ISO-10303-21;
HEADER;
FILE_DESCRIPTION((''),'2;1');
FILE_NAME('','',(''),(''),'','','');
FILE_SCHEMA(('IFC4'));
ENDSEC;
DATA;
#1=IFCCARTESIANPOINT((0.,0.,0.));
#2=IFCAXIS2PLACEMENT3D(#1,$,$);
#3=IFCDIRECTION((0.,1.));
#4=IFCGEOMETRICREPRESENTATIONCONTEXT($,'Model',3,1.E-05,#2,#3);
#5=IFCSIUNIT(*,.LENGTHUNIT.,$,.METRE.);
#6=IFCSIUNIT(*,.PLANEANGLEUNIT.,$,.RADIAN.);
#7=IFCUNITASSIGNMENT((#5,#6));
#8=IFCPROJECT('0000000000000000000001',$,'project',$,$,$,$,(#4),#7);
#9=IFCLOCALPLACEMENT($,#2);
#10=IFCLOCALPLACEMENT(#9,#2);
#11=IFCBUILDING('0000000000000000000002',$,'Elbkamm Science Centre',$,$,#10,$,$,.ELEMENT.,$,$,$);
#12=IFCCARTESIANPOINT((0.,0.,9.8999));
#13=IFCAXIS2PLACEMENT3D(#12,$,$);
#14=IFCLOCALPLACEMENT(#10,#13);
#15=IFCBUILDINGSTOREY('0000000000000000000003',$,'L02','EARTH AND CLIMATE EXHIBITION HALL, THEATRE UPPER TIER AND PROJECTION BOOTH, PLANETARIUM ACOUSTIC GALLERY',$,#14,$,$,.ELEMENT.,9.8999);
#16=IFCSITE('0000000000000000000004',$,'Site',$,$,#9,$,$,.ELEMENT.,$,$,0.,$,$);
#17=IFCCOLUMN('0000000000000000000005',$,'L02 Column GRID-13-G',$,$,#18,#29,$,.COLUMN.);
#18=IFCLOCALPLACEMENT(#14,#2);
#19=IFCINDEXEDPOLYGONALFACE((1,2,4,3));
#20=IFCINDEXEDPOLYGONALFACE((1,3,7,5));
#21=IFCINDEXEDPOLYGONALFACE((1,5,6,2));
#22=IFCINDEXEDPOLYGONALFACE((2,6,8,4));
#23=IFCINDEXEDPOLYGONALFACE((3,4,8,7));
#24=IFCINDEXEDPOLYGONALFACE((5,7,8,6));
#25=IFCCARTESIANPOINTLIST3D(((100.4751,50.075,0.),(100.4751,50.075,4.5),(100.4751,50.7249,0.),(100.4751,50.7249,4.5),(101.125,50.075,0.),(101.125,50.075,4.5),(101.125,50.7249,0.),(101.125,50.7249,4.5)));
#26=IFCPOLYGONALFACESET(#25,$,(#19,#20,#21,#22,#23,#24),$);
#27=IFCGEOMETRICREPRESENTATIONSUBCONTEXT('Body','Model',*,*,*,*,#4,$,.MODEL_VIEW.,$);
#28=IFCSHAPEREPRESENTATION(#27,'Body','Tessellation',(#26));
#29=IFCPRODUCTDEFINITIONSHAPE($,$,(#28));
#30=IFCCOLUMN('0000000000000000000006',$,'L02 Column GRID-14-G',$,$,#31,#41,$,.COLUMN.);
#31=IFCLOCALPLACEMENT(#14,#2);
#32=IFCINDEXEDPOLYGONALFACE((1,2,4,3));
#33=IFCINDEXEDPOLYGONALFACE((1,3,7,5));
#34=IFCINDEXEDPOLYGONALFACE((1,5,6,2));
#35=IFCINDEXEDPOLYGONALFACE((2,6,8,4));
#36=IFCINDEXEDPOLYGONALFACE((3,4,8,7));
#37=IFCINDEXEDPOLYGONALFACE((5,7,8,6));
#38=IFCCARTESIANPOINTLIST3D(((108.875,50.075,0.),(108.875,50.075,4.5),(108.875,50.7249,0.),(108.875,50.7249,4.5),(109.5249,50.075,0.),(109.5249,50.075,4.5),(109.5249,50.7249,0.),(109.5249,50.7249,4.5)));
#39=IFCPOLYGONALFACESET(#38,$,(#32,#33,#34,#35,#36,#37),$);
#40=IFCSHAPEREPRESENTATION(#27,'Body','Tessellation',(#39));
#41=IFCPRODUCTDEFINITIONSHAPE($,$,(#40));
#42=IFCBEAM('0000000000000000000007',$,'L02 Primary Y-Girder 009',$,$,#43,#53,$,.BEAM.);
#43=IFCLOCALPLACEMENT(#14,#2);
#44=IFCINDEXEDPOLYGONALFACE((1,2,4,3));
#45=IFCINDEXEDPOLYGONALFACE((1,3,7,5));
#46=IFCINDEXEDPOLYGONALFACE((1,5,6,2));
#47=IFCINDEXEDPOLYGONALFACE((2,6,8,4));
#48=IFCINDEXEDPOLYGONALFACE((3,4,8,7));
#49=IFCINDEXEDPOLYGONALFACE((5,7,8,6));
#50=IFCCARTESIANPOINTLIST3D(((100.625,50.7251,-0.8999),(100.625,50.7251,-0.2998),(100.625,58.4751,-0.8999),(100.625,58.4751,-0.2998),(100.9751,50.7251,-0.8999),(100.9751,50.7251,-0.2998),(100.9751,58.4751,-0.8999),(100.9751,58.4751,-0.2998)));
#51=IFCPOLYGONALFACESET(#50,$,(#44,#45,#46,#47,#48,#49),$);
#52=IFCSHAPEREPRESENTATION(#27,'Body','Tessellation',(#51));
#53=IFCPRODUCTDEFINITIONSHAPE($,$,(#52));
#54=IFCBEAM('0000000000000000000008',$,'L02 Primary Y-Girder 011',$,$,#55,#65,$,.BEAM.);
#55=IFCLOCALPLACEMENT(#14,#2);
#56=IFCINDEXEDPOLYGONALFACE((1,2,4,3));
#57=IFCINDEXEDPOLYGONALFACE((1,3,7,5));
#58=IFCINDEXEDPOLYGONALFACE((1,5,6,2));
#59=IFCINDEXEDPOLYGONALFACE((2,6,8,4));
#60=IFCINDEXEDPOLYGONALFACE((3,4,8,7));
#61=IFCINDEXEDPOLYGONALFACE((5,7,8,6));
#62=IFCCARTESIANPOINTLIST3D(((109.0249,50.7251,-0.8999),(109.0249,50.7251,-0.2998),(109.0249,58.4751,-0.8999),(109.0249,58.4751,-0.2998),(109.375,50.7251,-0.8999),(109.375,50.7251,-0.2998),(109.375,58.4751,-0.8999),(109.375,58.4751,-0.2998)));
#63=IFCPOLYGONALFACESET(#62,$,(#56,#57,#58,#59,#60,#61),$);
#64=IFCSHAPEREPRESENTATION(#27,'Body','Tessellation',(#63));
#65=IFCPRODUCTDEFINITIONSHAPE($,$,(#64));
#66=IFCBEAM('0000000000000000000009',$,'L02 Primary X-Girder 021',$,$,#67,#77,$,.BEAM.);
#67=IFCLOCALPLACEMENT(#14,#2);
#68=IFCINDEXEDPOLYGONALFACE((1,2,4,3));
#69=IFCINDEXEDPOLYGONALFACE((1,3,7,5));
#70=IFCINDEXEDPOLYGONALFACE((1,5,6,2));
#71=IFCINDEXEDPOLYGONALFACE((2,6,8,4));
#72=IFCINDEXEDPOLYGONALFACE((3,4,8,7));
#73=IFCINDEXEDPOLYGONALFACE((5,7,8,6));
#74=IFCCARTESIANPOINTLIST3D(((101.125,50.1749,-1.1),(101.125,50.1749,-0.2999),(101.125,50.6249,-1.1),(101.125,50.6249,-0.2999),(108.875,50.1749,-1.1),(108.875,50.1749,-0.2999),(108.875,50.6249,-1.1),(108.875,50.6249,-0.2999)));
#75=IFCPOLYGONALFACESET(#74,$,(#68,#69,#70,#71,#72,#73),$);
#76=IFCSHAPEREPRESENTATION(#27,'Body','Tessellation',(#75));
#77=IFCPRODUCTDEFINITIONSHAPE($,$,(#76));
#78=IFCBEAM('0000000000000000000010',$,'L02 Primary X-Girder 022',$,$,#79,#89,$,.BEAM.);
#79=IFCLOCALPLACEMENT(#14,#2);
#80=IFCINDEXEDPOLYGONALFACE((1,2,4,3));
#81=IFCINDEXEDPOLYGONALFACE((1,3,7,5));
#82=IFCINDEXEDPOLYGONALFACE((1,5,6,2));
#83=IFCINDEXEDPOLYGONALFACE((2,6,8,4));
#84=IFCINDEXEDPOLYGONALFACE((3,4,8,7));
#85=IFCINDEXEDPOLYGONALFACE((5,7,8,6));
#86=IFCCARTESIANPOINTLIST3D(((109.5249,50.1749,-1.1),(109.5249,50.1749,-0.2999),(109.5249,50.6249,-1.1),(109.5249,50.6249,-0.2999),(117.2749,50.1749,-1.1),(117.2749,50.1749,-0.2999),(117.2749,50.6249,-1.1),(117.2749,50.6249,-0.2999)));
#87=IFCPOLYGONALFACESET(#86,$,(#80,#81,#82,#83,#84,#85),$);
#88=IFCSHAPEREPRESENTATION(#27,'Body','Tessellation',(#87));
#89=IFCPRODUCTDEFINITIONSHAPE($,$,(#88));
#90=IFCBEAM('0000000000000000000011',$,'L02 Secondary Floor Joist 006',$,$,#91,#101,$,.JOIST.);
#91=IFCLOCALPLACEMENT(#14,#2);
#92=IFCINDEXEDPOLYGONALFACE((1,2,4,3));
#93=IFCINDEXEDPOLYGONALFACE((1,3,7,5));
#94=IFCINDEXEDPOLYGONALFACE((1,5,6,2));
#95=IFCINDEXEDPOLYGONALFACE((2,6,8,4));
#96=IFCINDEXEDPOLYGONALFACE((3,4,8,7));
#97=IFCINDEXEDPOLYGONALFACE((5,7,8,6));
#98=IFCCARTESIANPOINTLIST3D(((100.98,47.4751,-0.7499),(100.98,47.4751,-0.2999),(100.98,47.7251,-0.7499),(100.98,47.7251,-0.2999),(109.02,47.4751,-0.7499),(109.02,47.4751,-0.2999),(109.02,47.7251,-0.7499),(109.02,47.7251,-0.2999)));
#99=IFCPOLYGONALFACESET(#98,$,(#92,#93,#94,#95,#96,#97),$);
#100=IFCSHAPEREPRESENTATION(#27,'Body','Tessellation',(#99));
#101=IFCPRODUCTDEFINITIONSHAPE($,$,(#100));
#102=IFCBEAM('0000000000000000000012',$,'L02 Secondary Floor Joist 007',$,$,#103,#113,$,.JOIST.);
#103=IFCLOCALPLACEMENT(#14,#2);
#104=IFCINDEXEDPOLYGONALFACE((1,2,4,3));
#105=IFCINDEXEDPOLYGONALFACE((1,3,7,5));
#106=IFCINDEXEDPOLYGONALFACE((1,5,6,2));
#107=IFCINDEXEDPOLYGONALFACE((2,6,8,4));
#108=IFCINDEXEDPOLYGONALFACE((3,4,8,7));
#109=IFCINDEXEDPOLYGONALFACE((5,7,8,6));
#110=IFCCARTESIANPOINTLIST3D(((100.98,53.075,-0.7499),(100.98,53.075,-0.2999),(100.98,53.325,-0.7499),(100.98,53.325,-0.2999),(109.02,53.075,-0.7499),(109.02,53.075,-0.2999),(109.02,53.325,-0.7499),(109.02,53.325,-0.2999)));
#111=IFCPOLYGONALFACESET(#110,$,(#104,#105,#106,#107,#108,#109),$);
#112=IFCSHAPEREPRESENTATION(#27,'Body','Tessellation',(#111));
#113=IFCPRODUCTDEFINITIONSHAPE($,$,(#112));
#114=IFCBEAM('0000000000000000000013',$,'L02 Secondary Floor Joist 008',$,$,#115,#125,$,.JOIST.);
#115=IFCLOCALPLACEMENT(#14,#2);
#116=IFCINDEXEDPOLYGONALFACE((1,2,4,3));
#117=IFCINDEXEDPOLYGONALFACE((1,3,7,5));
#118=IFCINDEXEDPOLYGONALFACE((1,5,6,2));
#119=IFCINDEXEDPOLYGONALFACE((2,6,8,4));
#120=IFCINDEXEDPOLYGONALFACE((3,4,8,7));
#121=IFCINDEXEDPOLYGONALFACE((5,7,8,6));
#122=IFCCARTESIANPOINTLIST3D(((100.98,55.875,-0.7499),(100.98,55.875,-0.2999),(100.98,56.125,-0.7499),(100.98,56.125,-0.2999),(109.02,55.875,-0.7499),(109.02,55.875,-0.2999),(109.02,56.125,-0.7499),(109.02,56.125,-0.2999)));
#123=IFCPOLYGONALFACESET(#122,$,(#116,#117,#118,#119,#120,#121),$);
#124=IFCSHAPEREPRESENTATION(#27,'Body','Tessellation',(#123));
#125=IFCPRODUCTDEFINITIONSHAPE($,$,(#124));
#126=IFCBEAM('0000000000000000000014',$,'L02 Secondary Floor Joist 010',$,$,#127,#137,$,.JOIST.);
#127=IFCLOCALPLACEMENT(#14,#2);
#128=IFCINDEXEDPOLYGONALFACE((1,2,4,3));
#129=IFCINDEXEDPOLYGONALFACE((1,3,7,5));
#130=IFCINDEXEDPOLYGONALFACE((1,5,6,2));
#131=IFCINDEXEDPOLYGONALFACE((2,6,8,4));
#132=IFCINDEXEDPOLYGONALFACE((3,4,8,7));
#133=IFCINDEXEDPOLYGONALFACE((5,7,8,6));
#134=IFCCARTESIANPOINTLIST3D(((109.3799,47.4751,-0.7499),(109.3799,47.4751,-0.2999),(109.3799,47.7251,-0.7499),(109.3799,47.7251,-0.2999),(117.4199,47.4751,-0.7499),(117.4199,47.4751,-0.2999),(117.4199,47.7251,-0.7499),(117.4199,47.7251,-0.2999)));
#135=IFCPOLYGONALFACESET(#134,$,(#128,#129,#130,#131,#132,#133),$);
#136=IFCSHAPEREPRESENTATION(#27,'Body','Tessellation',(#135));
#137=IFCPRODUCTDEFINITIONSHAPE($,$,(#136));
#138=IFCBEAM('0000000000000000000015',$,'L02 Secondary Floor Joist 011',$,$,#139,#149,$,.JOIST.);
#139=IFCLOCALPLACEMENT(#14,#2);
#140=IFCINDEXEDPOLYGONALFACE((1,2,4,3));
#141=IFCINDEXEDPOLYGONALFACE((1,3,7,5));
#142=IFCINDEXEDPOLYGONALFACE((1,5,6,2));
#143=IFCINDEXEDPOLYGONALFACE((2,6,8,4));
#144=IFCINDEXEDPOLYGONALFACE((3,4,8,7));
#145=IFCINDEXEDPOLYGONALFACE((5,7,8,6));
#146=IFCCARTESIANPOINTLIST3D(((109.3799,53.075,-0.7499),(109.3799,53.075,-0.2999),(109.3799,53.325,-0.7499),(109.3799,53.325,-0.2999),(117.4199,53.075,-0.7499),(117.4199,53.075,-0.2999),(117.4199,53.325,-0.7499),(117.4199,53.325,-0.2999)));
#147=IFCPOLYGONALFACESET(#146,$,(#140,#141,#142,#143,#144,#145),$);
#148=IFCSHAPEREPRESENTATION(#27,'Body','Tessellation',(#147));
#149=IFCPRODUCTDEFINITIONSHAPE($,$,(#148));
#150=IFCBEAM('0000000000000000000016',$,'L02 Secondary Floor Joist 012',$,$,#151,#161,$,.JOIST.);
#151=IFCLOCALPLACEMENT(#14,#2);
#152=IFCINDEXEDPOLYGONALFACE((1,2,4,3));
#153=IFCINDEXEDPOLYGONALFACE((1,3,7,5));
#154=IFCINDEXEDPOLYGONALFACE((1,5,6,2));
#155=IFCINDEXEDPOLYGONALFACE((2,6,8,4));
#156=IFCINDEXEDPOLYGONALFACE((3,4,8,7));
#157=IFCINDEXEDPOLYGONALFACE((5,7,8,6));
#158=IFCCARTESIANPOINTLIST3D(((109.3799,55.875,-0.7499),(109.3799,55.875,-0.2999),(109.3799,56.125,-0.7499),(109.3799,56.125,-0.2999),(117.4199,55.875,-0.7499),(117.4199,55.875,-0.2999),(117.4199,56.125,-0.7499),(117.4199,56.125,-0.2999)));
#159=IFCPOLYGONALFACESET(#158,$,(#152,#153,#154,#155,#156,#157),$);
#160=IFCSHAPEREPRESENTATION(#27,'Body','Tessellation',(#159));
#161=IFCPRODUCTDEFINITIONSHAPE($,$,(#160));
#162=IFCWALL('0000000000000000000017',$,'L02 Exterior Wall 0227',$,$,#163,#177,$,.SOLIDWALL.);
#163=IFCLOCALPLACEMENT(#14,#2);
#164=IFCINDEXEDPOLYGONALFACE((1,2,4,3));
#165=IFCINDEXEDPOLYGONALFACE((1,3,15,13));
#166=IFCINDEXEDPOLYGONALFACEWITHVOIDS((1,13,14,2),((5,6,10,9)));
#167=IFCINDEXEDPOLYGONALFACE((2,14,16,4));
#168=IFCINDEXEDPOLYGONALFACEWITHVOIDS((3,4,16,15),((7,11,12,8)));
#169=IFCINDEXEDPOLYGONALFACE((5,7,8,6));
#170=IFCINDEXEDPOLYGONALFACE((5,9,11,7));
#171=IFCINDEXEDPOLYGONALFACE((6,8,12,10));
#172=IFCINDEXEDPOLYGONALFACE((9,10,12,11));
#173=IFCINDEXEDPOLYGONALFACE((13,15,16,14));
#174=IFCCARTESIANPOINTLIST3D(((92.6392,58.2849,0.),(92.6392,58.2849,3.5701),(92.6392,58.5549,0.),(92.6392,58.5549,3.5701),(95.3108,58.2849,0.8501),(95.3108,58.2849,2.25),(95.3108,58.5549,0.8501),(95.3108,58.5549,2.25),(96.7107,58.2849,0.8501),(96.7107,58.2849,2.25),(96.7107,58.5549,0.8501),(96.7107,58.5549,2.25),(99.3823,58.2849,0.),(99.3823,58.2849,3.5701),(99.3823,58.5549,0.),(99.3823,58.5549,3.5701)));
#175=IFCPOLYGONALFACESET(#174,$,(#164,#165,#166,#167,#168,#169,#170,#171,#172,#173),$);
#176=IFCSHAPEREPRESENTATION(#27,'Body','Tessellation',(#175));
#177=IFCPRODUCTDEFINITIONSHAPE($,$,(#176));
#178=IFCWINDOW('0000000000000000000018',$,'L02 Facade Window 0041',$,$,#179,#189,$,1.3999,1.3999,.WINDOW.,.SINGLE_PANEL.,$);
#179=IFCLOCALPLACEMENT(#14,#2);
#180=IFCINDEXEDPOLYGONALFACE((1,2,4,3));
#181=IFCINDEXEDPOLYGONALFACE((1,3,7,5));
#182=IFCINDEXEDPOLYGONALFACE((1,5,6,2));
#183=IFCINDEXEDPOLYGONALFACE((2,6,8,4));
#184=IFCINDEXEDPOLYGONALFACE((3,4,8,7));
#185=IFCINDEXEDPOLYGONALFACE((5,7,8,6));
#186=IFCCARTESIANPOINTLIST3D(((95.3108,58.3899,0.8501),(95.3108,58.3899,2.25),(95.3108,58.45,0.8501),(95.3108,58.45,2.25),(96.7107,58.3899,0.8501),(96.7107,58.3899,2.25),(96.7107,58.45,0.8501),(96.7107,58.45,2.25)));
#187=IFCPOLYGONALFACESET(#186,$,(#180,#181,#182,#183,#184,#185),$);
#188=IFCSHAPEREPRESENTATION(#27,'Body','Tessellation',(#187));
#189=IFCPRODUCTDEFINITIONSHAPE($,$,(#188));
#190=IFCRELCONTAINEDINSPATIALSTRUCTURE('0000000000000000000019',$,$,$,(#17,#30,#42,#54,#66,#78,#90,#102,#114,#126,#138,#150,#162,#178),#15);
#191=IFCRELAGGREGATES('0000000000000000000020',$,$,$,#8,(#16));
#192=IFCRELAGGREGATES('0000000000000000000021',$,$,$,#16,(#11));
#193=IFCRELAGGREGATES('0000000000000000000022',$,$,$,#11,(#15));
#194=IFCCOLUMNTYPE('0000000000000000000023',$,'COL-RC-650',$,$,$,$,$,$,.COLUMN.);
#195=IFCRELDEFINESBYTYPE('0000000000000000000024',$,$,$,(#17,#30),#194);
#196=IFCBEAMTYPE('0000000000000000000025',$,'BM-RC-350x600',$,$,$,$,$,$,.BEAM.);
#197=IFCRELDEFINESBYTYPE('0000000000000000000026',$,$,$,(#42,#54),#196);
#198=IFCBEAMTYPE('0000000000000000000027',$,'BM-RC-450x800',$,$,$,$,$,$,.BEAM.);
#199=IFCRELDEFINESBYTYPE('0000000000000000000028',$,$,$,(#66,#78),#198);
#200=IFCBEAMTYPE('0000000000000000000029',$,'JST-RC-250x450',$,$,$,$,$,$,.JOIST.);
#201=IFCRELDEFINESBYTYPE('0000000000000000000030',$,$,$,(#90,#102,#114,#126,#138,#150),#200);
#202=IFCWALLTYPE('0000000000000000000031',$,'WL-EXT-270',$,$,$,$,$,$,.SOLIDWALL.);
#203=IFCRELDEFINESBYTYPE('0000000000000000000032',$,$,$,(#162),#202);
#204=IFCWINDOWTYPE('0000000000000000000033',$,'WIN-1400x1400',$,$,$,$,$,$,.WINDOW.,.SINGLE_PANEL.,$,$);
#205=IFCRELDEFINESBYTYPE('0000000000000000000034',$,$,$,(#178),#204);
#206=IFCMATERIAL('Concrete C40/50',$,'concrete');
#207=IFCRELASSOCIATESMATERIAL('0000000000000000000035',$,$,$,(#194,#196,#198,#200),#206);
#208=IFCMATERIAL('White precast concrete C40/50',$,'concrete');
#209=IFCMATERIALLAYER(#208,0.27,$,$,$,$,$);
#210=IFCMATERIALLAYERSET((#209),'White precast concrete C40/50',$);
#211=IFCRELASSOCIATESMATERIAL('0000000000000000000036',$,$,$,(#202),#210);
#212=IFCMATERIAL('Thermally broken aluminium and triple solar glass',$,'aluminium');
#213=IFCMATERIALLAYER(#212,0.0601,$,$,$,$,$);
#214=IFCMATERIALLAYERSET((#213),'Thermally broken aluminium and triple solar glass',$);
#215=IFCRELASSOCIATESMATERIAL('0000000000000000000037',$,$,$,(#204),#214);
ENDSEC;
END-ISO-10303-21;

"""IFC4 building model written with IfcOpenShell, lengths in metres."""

from ifc_helpers import new_model, si_unit, direction, frame, frame_2d, origin, origin_2d, place, context, subcontext, project, spatial, rectangle, extrude, material, layer, layer_set, material_profile, profile_set, type_object, element, fill, save


model = new_model("IFC4")

# Units and contexts
model_context = context("Model", 3, precision=1e-05, world=origin(), true_north=direction((0.0, 1.0)))
body_context = subcontext(model_context, "Body", "Model", "MODEL_VIEW")
ifc_project = project(units=[si_unit("LENGTHUNIT", "METRE"), si_unit("PLANEANGLEUNIT", "RADIAN")], contexts=[model_context])

# Site, building, storey
site_placement = place(None, origin())
site = spatial("IfcSite", under=ifc_project, at=site_placement, Name="Site", CompositionType="ELEMENT", RefElevation=0.0)
building_placement = place(site_placement, origin())
building = spatial("IfcBuilding", under=site, at=building_placement, Name="Elbkamm Science Centre", CompositionType="ELEMENT")
storey_placement = place(building_placement, frame((0.0, 0.0, 9.8999)))
storey = spatial("IfcBuildingStorey", under=building, at=storey_placement, Name="L02", Description="EARTH AND CLIMATE EXHIBITION HALL, THEATRE UPPER TIER AND PROJECTION BOOTH, PLANETARIUM ACOUSTIC GALLERY", CompositionType="ELEMENT", Elevation=9.8999)

# Columns
ifc_material_1 = material(Name="Concrete C40/50", Category="concrete")
ifc_material_profile_1 = material_profile(ifc_material_1, rectangle(XDim=0.6499, YDim=0.6499, at=origin_2d()), Name="RC 650x650")
ifc_profile_set_1 = profile_set([ifc_material_profile_1], Name="Concrete C40/50")
column_type = type_object("IfcColumnType", Name="COL-RC-650", PredefinedType="COLUMN", material=ifc_profile_set_1)
for number, where, z_axis, x_axis, name in (
    (1, (100.8, 50.3999, 0.0), (0.0, 0.0, 1.0), (1.0, 0.0, 0.0), "L02 Column GRID-13-G"),
    (2, (109.2, 50.3999, 0.0), (0.0, 0.0, 1.0), (1.0, 0.0, 0.0), "L02 Column GRID-14-G"),
):
    element("IfcColumn", number, at=place(storey_placement, frame(where, z_axis=z_axis, x_axis=x_axis)), inside=storey, type_object=column_type, Name=name, PredefinedType="COLUMN", context=body_context, shape_type="SweptSolid", body=[
        extrude(rectangle(XDim=0.6499, YDim=0.6499, at=origin_2d()), origin(), (0.0, 0.0, 1.0), 4.5),
    ])

# Beams
ifc_material_profile_2 = material_profile(ifc_material_1, rectangle(XDim=0.3501, YDim=0.6001, at=origin_2d()), Name="RC 350x600")
ifc_profile_set_2 = profile_set([ifc_material_profile_2], Name="Concrete C40/50")
beam_type_1 = type_object("IfcBeamType", Name="BM-RC-350x600", PredefinedType="BEAM", material=ifc_profile_set_2)
for number, where, z_axis, x_axis, name in (
    (3, (100.8, 50.7251, -0.5999), (0.0, 1.0, 0.0), (-1.0, 0.0, 0.0), "L02 Primary Y-Girder 009"),
    (4, (109.2, 50.7251, -0.5999), (0.0, 1.0, 0.0), (-1.0, 0.0, 0.0), "L02 Primary Y-Girder 011"),
):
    element("IfcBeam", number, at=place(storey_placement, frame(where, z_axis=z_axis, x_axis=x_axis)), inside=storey, type_object=beam_type_1, Name=name, PredefinedType="BEAM", context=body_context, shape_type="SweptSolid", body=[
        extrude(rectangle(XDim=0.3501, YDim=0.6001, at=origin_2d()), origin(), (0.0, 0.0, 1.0), 7.75),
    ])
ifc_material_profile_3 = material_profile(ifc_material_1, rectangle(XDim=0.45, YDim=0.8, at=origin_2d()), Name="RC 450x800")
ifc_profile_set_3 = profile_set([ifc_material_profile_3], Name="Concrete C40/50")
beam_type_2 = type_object("IfcBeamType", Name="BM-RC-450x800", PredefinedType="BEAM", material=ifc_profile_set_3)
for number, where, z_axis, x_axis, name in (
    (5, (101.125, 50.3999, -0.7), (1.0, 0.0, 0.0), (0.0, 1.0, 0.0), "L02 Primary X-Girder 021"),
    (6, (109.5249, 50.3999, -0.7), (1.0, 0.0, 0.0), (0.0, 1.0, 0.0), "L02 Primary X-Girder 022"),
):
    element("IfcBeam", number, at=place(storey_placement, frame(where, z_axis=z_axis, x_axis=x_axis)), inside=storey, type_object=beam_type_2, Name=name, PredefinedType="BEAM", context=body_context, shape_type="SweptSolid", body=[
        extrude(rectangle(XDim=0.45, YDim=0.8, at=origin_2d()), origin(), (0.0, 0.0, 1.0), 7.75),
    ])
ifc_material_profile_4 = material_profile(ifc_material_1, rectangle(XDim=0.25, YDim=0.45, at=origin_2d()), Name="RC 250x450")
ifc_profile_set_4 = profile_set([ifc_material_profile_4], Name="Concrete C40/50")
beam_type_3 = type_object("IfcBeamType", Name="JST-RC-250x450", PredefinedType="JOIST", material=ifc_profile_set_4)
for number, where, z_axis, x_axis, name in (
    (7, (100.98, 47.6001, -0.5249), (1.0, 0.0, 0.0), (0.0, 1.0, 0.0), "L02 Secondary Floor Joist 006"),
    (8, (100.98, 53.2, -0.5249), (1.0, 0.0, 0.0), (0.0, 1.0, 0.0), "L02 Secondary Floor Joist 007"),
    (9, (100.98, 56.0, -0.5249), (1.0, 0.0, 0.0), (0.0, 1.0, 0.0), "L02 Secondary Floor Joist 008"),
    (10, (109.3799, 47.6001, -0.5249), (1.0, 0.0, 0.0), (0.0, 1.0, 0.0), "L02 Secondary Floor Joist 010"),
    (11, (109.3799, 53.2, -0.5249), (1.0, 0.0, 0.0), (0.0, 1.0, 0.0), "L02 Secondary Floor Joist 011"),
    (12, (109.3799, 56.0, -0.5249), (1.0, 0.0, 0.0), (0.0, 1.0, 0.0), "L02 Secondary Floor Joist 012"),
):
    element("IfcBeam", number, at=place(storey_placement, frame(where, z_axis=z_axis, x_axis=x_axis)), inside=storey, type_object=beam_type_3, Name=name, PredefinedType="JOIST", context=body_context, shape_type="SweptSolid", body=[
        extrude(rectangle(XDim=0.25, YDim=0.45, at=origin_2d()), origin(), (0.0, 0.0, 1.0), 8.04),
    ])

# Wall, opening, window
ifc_material_2 = material(Name="White precast concrete C40/50", Category="concrete")
ifc_layer_1 = layer(ifc_material_2, 0.27)
ifc_layer_set_1 = layer_set([ifc_layer_1], Name="White precast concrete C40/50")
wall_type_1 = type_object("IfcWallType", Name="WL-EXT-270", PredefinedType="SOLIDWALL", material=ifc_layer_set_1)
wall_1_placement = place(storey_placement, frame((92.6392, 58.4199, 0.0), z_axis=(0.0, 0.0, 1.0), x_axis=(1.0, 0.0, 0.0)))
wall_1 = element("IfcWall", 13, at=wall_1_placement, inside=storey, type_object=wall_type_1, Name="L02 Exterior Wall 0227", PredefinedType="SOLIDWALL", context=body_context, shape_type="SweptSolid", body=[
    extrude(rectangle(XDim=6.7432, YDim=0.27, at=frame_2d((3.3716, 0.0))), origin(), (0.0, 0.0, 1.0), 3.5701),
])
opening_1_placement = place(wall_1_placement, frame((2.6716, 0.0, 0.8501)))
opening_1 = element("IfcOpeningElement", 14, at=opening_1_placement, cuts=wall_1, PredefinedType="OPENING", context=body_context, shape_type="SweptSolid", body=[
    extrude(rectangle(XDim=1.3999, YDim=1.3999, at=frame_2d((0.7, 0.7))), frame((0.0, 0.147, 0.0), z_axis=(0.0, -1.0, 0.0), x_axis=(1.0, 0.0, 0.0)), (0.0, 0.0, 1.0), 0.2939),
])
ifc_material_3 = material(Name="Thermally broken aluminium and triple solar glass", Category="aluminium")
ifc_layer_2 = layer(ifc_material_3, 0.0601)
ifc_layer_set_2 = layer_set([ifc_layer_2], Name="Thermally broken aluminium and triple solar glass")
window_type_1 = type_object("IfcWindowType", Name="WIN-1400x1400", PartitioningType="SINGLE_PANEL", PredefinedType="WINDOW", material=ifc_layer_set_2)
window_1_placement = place(opening_1_placement, origin())
window_1 = element("IfcWindow", 15, at=window_1_placement, inside=storey, type_object=window_type_1, Name="L02 Facade Window 0041", OverallHeight=1.3999, OverallWidth=1.3999, PartitioningType="SINGLE_PANEL", PredefinedType="WINDOW", context=body_context, shape_type="SweptSolid", body=[
    extrude(rectangle(XDim=1.3999, YDim=1.3999, at=frame_2d((0.7, 0.7))), frame((0.0, 0.03, 0.0), z_axis=(0.0, -1.0, 0.0), x_axis=(1.0, 0.0, 0.0)), (0.0, 0.0, 1.0), 0.0601),
])
fill(opening_1, window_1)

save(model, "model.ifc")
